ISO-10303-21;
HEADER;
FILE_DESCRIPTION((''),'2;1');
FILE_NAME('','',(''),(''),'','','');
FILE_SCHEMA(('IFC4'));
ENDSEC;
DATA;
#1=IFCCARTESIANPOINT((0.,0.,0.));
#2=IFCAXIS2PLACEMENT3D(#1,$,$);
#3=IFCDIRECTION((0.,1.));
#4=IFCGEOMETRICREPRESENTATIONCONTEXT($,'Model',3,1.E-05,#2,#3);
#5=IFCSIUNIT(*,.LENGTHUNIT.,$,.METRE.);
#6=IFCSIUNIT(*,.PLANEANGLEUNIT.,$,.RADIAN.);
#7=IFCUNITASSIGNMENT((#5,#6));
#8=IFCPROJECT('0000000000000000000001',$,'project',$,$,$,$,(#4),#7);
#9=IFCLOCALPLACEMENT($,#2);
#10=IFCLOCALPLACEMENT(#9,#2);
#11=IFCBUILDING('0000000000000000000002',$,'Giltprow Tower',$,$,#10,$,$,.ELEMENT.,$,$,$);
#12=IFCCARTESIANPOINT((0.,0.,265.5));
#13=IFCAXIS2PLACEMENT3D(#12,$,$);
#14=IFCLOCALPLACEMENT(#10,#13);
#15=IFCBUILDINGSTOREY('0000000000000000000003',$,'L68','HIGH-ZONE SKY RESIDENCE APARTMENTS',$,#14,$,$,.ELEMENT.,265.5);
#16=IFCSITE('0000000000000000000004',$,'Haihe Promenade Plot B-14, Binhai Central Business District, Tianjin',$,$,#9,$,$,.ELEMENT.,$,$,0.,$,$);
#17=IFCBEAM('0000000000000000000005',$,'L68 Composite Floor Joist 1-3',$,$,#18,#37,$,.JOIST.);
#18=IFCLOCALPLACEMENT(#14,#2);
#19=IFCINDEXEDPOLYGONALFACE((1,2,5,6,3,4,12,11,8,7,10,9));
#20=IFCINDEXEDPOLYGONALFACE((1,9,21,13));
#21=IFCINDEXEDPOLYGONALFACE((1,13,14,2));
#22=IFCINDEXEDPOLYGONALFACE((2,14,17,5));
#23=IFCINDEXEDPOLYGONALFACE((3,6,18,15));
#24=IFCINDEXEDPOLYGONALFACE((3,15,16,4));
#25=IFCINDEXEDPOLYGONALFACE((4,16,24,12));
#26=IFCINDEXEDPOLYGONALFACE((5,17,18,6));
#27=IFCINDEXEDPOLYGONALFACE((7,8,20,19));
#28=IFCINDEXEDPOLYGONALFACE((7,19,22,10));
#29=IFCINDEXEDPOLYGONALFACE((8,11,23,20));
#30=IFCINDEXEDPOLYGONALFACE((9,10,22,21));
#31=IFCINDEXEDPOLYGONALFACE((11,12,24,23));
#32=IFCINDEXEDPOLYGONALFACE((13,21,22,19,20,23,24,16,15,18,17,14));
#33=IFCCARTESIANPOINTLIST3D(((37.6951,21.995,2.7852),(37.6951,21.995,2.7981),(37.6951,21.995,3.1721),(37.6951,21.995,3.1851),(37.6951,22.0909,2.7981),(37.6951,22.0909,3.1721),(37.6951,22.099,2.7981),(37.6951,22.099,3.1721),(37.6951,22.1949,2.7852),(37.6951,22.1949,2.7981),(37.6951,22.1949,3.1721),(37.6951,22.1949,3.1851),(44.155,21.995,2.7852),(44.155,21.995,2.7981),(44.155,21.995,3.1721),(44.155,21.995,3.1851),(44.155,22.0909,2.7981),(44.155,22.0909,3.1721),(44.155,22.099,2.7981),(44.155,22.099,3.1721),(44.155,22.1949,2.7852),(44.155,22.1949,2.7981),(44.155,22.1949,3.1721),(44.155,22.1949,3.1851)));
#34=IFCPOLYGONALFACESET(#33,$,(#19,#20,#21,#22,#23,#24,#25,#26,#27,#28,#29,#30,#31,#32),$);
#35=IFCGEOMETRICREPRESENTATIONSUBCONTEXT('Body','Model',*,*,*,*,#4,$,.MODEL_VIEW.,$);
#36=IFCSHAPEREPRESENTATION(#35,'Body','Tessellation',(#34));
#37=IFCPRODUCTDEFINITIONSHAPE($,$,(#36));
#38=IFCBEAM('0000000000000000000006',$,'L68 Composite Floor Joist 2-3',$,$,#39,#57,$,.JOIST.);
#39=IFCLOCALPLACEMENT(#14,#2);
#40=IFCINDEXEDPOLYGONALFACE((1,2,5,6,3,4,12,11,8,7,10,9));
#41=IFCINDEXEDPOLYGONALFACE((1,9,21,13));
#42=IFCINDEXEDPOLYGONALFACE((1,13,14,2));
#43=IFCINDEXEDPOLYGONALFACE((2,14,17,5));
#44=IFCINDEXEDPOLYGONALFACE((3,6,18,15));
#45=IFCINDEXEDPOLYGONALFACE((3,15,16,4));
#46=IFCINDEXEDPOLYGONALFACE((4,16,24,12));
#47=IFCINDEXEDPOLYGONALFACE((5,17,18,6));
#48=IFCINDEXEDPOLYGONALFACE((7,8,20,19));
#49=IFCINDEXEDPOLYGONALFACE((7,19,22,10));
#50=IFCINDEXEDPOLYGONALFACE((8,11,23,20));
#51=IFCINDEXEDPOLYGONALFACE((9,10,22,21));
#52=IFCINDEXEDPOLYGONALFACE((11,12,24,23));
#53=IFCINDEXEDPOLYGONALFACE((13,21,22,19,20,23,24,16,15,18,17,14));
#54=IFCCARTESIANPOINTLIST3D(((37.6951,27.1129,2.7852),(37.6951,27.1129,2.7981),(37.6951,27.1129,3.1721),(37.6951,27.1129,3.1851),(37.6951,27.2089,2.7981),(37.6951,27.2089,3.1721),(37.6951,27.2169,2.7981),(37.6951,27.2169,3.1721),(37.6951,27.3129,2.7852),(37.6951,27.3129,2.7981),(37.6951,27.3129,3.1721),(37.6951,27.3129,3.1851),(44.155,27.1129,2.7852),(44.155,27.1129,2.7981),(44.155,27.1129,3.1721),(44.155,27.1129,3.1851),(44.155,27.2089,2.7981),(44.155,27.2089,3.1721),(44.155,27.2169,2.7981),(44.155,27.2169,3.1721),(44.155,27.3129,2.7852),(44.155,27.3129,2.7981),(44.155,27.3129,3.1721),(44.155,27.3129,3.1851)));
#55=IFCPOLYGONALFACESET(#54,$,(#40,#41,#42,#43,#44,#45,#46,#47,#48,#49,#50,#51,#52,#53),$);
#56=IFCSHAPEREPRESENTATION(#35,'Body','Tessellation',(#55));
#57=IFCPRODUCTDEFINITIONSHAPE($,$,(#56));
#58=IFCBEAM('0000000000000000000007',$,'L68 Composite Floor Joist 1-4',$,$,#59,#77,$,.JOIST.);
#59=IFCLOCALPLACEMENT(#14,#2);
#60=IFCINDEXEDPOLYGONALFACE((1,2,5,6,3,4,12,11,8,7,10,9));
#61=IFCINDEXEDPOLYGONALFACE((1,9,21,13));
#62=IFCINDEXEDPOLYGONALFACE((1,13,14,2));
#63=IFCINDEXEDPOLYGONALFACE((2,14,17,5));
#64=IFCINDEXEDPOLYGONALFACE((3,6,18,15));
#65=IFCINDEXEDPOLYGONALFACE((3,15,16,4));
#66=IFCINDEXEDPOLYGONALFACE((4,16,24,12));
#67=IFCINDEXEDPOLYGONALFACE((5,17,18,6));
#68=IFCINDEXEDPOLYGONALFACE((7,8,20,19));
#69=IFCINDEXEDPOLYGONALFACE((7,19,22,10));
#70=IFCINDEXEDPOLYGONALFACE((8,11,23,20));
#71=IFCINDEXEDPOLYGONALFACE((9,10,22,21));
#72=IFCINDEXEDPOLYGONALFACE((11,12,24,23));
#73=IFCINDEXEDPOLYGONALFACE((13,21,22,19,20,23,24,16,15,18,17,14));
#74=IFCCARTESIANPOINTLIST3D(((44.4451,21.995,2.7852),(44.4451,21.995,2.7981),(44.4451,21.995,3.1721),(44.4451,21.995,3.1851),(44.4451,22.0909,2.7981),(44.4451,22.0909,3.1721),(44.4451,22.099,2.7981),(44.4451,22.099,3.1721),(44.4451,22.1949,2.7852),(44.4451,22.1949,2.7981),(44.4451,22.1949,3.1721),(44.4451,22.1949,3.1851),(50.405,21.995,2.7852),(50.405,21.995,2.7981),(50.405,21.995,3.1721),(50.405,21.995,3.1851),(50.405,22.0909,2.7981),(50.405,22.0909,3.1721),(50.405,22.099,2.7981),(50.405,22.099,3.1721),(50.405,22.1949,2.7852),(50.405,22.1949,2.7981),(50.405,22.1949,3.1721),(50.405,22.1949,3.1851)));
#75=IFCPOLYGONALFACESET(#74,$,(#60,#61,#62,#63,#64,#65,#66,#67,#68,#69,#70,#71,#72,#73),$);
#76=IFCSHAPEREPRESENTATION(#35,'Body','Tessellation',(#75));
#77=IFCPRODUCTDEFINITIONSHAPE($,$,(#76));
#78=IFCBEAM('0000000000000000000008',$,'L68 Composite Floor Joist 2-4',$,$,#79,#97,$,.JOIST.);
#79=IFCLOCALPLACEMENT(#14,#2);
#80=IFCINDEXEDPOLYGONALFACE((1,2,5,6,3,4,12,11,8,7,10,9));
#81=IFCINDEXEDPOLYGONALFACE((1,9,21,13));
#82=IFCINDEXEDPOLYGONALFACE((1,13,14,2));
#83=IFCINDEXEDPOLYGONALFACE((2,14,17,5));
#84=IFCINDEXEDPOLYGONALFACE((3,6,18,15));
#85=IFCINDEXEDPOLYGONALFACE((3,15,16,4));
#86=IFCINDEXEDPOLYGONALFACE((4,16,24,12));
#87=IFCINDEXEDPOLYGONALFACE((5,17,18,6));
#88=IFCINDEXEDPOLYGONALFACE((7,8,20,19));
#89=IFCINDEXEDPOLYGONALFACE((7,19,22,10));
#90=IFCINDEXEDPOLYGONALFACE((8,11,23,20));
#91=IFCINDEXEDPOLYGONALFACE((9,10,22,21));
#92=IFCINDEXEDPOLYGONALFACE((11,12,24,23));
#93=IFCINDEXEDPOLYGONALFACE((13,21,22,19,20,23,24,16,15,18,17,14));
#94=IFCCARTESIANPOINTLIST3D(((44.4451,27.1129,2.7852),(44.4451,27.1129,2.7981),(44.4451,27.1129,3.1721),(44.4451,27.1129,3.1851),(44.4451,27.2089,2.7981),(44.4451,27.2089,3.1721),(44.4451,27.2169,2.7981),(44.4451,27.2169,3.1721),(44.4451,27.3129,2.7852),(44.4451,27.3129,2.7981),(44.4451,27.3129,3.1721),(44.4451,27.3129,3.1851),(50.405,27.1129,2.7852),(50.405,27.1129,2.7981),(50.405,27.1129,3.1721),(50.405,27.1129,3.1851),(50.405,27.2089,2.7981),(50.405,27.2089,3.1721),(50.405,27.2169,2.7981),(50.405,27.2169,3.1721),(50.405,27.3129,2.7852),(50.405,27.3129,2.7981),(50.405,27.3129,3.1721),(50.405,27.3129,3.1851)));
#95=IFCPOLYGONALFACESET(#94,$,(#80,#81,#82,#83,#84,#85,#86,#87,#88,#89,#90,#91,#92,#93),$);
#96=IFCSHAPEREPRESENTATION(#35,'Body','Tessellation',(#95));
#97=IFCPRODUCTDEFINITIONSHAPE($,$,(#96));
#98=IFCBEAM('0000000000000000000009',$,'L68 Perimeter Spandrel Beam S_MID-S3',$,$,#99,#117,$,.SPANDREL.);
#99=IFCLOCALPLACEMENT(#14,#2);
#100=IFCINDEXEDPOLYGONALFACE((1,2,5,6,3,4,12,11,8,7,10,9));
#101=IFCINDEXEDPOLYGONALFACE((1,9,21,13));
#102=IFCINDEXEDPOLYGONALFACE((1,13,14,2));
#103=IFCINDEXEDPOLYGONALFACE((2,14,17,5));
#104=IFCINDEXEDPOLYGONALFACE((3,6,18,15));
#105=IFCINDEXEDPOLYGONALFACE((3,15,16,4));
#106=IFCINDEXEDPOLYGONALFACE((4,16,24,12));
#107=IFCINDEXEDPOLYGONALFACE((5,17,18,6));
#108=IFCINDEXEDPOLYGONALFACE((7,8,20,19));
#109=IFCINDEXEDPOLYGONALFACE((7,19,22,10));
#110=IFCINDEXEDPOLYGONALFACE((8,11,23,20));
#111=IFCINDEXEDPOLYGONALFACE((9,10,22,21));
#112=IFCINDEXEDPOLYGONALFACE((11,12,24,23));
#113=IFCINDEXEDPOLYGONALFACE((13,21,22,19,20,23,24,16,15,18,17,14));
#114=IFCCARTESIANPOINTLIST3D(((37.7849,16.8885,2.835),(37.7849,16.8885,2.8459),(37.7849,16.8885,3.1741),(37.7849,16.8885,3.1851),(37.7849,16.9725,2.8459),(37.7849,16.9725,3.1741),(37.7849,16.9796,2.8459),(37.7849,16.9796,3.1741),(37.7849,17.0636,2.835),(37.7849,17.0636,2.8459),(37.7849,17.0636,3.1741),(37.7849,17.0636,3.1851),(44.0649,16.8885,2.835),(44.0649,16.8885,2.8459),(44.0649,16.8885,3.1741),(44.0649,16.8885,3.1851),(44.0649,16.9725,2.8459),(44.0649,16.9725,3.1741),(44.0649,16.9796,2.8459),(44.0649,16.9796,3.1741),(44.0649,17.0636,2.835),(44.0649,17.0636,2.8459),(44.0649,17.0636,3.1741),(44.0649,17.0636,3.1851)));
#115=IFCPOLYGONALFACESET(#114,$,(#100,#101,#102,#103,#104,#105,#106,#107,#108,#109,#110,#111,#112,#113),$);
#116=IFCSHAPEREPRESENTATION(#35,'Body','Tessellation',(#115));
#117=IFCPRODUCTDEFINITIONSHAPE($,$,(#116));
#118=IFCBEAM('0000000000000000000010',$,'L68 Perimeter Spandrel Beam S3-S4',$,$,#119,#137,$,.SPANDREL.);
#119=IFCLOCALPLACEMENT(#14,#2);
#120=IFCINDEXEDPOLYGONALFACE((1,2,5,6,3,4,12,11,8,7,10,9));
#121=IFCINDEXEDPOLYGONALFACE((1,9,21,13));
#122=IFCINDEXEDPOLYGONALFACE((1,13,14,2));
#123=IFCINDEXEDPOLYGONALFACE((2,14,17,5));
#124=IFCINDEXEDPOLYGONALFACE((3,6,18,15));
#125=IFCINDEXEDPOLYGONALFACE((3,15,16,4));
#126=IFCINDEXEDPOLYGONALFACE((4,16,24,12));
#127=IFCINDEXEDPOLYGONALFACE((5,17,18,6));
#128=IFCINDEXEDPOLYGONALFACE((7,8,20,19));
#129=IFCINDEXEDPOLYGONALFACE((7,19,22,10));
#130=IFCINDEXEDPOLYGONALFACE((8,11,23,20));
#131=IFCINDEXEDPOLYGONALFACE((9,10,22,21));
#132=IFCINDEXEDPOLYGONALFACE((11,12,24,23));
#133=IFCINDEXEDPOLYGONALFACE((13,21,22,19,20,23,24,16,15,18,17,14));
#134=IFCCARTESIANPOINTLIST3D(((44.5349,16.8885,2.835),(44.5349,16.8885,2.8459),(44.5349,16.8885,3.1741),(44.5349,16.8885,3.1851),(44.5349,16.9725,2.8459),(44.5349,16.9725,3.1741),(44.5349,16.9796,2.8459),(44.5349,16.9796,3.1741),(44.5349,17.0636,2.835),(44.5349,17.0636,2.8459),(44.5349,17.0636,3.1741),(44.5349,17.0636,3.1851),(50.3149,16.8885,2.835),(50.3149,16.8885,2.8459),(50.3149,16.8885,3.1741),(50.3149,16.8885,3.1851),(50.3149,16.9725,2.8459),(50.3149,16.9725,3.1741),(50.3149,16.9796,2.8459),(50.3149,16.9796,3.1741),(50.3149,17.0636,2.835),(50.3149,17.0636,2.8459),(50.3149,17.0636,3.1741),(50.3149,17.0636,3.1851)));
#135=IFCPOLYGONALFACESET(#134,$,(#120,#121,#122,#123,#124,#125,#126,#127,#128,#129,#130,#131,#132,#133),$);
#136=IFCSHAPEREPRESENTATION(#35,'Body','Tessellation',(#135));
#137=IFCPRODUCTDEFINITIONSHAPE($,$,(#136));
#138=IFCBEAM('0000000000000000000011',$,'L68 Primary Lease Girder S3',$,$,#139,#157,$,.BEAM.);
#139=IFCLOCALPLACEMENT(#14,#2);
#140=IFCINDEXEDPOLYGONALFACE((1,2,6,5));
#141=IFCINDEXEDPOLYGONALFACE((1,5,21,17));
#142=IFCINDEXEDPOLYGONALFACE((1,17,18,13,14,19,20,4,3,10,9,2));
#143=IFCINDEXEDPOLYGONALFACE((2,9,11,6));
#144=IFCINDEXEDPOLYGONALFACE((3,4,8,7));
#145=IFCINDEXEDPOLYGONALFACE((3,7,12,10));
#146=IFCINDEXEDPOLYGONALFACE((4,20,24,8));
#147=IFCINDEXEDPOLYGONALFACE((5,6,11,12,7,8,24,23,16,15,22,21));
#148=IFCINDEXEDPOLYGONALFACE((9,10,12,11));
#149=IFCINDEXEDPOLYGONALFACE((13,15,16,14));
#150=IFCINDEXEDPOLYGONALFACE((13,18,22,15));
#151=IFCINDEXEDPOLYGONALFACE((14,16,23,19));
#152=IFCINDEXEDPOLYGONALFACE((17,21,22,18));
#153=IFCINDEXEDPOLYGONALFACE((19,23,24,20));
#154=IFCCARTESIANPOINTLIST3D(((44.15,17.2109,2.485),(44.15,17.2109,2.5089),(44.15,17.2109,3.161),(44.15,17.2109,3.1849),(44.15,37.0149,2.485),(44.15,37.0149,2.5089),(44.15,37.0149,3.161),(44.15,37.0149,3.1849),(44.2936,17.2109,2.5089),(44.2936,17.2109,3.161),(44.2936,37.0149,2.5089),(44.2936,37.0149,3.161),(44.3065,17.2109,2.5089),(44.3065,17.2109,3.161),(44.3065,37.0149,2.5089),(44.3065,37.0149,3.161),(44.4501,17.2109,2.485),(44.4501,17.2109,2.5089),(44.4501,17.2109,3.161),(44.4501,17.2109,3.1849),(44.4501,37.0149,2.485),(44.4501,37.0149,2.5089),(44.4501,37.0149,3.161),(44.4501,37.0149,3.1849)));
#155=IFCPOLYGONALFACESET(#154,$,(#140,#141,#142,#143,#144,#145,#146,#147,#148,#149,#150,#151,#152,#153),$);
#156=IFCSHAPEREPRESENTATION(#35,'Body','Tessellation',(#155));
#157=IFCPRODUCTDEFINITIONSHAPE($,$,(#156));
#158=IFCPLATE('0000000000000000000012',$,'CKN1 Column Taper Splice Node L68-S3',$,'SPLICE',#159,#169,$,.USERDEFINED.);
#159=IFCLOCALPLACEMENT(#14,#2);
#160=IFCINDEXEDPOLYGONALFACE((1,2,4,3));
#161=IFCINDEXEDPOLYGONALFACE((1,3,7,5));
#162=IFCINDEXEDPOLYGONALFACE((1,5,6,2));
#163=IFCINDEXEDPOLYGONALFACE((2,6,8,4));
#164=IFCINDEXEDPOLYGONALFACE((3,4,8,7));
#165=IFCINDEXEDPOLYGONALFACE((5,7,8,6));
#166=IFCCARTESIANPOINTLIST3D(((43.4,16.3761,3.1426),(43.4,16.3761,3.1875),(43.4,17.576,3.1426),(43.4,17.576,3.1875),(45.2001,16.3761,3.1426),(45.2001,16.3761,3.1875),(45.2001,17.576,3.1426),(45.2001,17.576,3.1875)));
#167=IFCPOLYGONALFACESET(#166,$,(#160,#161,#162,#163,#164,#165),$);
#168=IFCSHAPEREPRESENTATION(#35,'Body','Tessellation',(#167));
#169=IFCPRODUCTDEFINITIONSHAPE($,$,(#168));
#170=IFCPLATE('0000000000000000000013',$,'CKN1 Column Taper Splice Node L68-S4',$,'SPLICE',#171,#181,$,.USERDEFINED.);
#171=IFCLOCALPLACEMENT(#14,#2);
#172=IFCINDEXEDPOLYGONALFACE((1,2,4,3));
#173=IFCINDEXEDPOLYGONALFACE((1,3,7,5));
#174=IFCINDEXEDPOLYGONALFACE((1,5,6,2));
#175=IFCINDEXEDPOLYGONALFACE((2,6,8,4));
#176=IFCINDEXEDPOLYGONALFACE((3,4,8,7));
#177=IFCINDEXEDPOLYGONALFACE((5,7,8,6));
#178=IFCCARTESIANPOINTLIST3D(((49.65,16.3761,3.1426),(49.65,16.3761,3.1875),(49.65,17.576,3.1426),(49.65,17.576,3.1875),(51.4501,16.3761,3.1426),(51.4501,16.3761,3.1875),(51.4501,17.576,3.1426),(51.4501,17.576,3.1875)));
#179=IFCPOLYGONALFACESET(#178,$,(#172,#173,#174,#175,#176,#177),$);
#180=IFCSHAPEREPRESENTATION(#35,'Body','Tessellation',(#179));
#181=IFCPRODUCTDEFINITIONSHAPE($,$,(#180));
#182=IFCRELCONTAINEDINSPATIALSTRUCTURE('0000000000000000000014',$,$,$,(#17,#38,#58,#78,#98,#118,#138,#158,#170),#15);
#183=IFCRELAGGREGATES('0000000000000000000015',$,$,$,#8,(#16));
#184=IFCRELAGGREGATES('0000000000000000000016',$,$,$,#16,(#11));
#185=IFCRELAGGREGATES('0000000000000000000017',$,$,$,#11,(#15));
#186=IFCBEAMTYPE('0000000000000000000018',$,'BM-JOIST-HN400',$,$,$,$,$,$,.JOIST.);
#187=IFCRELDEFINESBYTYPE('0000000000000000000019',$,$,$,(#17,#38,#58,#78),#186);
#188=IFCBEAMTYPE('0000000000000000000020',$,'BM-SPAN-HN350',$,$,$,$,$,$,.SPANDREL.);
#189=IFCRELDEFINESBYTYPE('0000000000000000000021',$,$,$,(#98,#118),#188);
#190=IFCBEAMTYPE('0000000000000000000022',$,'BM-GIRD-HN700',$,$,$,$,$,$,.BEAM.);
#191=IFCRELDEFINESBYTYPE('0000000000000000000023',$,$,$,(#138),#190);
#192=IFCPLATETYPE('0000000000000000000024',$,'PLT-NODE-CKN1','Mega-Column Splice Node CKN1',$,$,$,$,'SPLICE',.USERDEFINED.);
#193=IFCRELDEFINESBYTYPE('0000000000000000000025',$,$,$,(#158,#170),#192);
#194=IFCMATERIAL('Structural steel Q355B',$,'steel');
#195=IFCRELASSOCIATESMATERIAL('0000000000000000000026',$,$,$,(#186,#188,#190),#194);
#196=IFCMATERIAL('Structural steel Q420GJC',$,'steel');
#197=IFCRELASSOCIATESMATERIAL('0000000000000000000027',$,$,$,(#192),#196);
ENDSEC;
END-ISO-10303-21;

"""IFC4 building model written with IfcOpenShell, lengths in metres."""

from ifc_helpers import new_model, si_unit, direction, frame, origin, origin_2d, place, context, subcontext, project, spatial, rectangle, i_section, extrude, source, transform, mapped, material, material_profile, profile_set, type_object, element, save


model = new_model("IFC4")

# Units and contexts
model_context = context("Model", 3, precision=1e-05, world=origin(), true_north=direction((0.0, 1.0)))
body_context = subcontext(model_context, "Body", "Model", "MODEL_VIEW")
ifc_project = project(units=[si_unit("LENGTHUNIT", "METRE"), si_unit("PLANEANGLEUNIT", "RADIAN")], contexts=[model_context])

# Site, building, storey
site_placement = place(None, origin())
site = spatial("IfcSite", under=ifc_project, at=site_placement, Name="Haihe Promenade Plot B-14, Binhai Central Business District, Tianjin", CompositionType="ELEMENT", RefElevation=0.0)
building_placement = place(site_placement, origin())
building = spatial("IfcBuilding", under=site, at=building_placement, Name="Giltprow Tower", CompositionType="ELEMENT")
storey_placement = place(building_placement, frame((0.0, 0.0, 265.5)))
storey = spatial("IfcBuildingStorey", under=building, at=storey_placement, Name="L68", Description="HIGH-ZONE SKY RESIDENCE APARTMENTS", CompositionType="ELEMENT", Elevation=265.5)

# Beams
ifc_material_1 = material(Name="Structural steel Q355B", Category="steel")
ifc_material_profile_1 = material_profile(ifc_material_1, i_section(OverallWidth=0.2, OverallDepth=0.3999, WebThickness=0.0081, FlangeThickness=0.0129, at=origin_2d()), Name="HN 400x200x8x13")
ifc_profile_set_1 = profile_set([ifc_material_profile_1], Name="Structural steel Q355B")
beam_type_1 = type_object("IfcBeamType", Name="BM-JOIST-HN400", PredefinedType="JOIST", material=ifc_profile_set_1)
shared_shape_1 = source(origin(), body_context, "Body", "SweptSolid", [
    extrude(i_section(OverallWidth=0.2, OverallDepth=0.3999, WebThickness=0.0081, FlangeThickness=0.0129, at=origin_2d()), origin(), (0.0, 0.0, 1.0), 6.46),
])
for number, where, z_axis, x_axis, name in (
    (1, (37.6951, 22.095, 2.9851), (1.0, 0.0, 0.0), (0.0, 1.0, 0.0), "L68 Composite Floor Joist 1-3"),
    (2, (37.6951, 27.2129, 2.9851), (1.0, 0.0, 0.0), (0.0, 1.0, 0.0), "L68 Composite Floor Joist 2-3"),
):
    element("IfcBeam", number, at=place(storey_placement, frame(where, z_axis=z_axis, x_axis=x_axis)), inside=storey, type_object=beam_type_1, Name=name, PredefinedType="JOIST", context=body_context, shape_type="MappedRepresentation", body=[
        mapped(shared_shape_1, transform((0.0, 0.0, 0.0), x_axis=(1.0, 0.0, 0.0), y_axis=(0.0, 1.0, 0.0), z_axis=(0.0, 0.0, 1.0), scale=1.0)),
    ])
shared_shape_2 = source(origin(), body_context, "Body", "SweptSolid", [
    extrude(i_section(OverallWidth=0.2, OverallDepth=0.3999, WebThickness=0.0081, FlangeThickness=0.0129, at=origin_2d()), origin(), (0.0, 0.0, 1.0), 5.96),
])
for number, where, z_axis, x_axis, name in (
    (3, (44.4451, 22.095, 2.9851), (1.0, 0.0, 0.0), (0.0, 1.0, 0.0), "L68 Composite Floor Joist 1-4"),
    (4, (44.4451, 27.2129, 2.9851), (1.0, 0.0, 0.0), (0.0, 1.0, 0.0), "L68 Composite Floor Joist 2-4"),
):
    element("IfcBeam", number, at=place(storey_placement, frame(where, z_axis=z_axis, x_axis=x_axis)), inside=storey, type_object=beam_type_1, Name=name, PredefinedType="JOIST", context=body_context, shape_type="MappedRepresentation", body=[
        mapped(shared_shape_2, transform((0.0, 0.0, 0.0), x_axis=(1.0, 0.0, 0.0), y_axis=(0.0, 1.0, 0.0), z_axis=(0.0, 0.0, 1.0), scale=1.0)),
    ])
ifc_material_profile_2 = material_profile(ifc_material_1, i_section(OverallWidth=0.175, OverallDepth=0.3501, WebThickness=0.0071, FlangeThickness=0.011, at=origin_2d()), Name="HN 350x175x7x11")
ifc_profile_set_2 = profile_set([ifc_material_profile_2], Name="Structural steel Q355B")
beam_type_2 = type_object("IfcBeamType", Name="BM-SPAN-HN350", PredefinedType="SPANDREL", material=ifc_profile_set_2)
shared_shape_3 = source(origin(), body_context, "Body", "SweptSolid", [
    extrude(i_section(OverallWidth=0.175, OverallDepth=0.3501, WebThickness=0.0071, FlangeThickness=0.011, at=origin_2d()), origin(), (0.0, 0.0, 1.0), 6.28),
])
beam_1_placement = place(storey_placement, frame((37.7849, 16.9761, 3.01), z_axis=(1.0, 0.0, 0.0), x_axis=(0.0, 1.0, 0.0)))
element("IfcBeam", 5, at=beam_1_placement, inside=storey, type_object=beam_type_2, Name="L68 Perimeter Spandrel Beam S_MID-S3", PredefinedType="SPANDREL", context=body_context, shape_type="MappedRepresentation", body=[
    mapped(shared_shape_3, transform((0.0, 0.0, 0.0), x_axis=(1.0, 0.0, 0.0), y_axis=(0.0, 1.0, 0.0), z_axis=(0.0, 0.0, 1.0), scale=1.0)),
])
shared_shape_4 = source(origin(), body_context, "Body", "SweptSolid", [
    extrude(i_section(OverallWidth=0.175, OverallDepth=0.3501, WebThickness=0.0071, FlangeThickness=0.011, at=origin_2d()), origin(), (0.0, 0.0, 1.0), 5.78),
])
beam_2_placement = place(storey_placement, frame((44.5349, 16.9761, 3.01), z_axis=(1.0, 0.0, 0.0), x_axis=(0.0, 1.0, 0.0)))
element("IfcBeam", 6, at=beam_2_placement, inside=storey, type_object=beam_type_2, Name="L68 Perimeter Spandrel Beam S3-S4", PredefinedType="SPANDREL", context=body_context, shape_type="MappedRepresentation", body=[
    mapped(shared_shape_4, transform((0.0, 0.0, 0.0), x_axis=(1.0, 0.0, 0.0), y_axis=(0.0, 1.0, 0.0), z_axis=(0.0, 0.0, 1.0), scale=1.0)),
])
ifc_material_profile_3 = material_profile(ifc_material_1, i_section(OverallWidth=0.3, OverallDepth=0.7, WebThickness=0.0129, FlangeThickness=0.0239, at=origin_2d()), Name="HN 700x300x13x24")
ifc_profile_set_3 = profile_set([ifc_material_profile_3], Name="Structural steel Q355B")
beam_type_3 = type_object("IfcBeamType", Name="BM-GIRD-HN700", PredefinedType="BEAM", material=ifc_profile_set_3)
shared_shape_5 = source(origin(), body_context, "Body", "SweptSolid", [
    extrude(i_section(OverallWidth=0.3, OverallDepth=0.7, WebThickness=0.0129, FlangeThickness=0.0239, at=origin_2d()), origin(), (0.0, 0.0, 1.0), 19.804),
])
beam_3_placement = place(storey_placement, frame((44.3, 17.2109, 2.835), z_axis=(0.0, 1.0, 0.0), x_axis=(-1.0, 0.0, 0.0)))
element("IfcBeam", 7, at=beam_3_placement, inside=storey, type_object=beam_type_3, Name="L68 Primary Lease Girder S3", PredefinedType="BEAM", context=body_context, shape_type="MappedRepresentation", body=[
    mapped(shared_shape_5, transform((0.0, 0.0, 0.0), x_axis=(1.0, 0.0, 0.0), y_axis=(0.0, 1.0, 0.0), z_axis=(0.0, 0.0, 1.0), scale=1.0)),
])

# Plates
ifc_material_2 = material(Name="Structural steel Q420GJC", Category="steel")
plate_type_1 = type_object("IfcPlateType", Name="PLT-NODE-CKN1", Description="Mega-Column Splice Node CKN1", ElementType="SPLICE", PredefinedType="USERDEFINED", material=ifc_material_2)
shared_shape_6 = source(origin(), body_context, "Body", "SweptSolid", [
    extrude(rectangle(XDim=1.8, YDim=1.2, at=origin_2d()), origin(), (0.0, 0.0, 1.0), 0.0449),
])
for number, where, z_axis, x_axis, name in (
    (8, (44.3, 16.9761, 3.1426), (0.0, 0.0, 1.0), (1.0, 0.0, 0.0), "CKN1 Column Taper Splice Node L68-S3"),
    (9, (50.55, 16.9761, 3.1426), (0.0, 0.0, 1.0), (1.0, 0.0, 0.0), "CKN1 Column Taper Splice Node L68-S4"),
):
    element("IfcPlate", number, at=place(storey_placement, frame(where, z_axis=z_axis, x_axis=x_axis)), inside=storey, type_object=plate_type_1, Name=name, ObjectType="SPLICE", PredefinedType="USERDEFINED", context=body_context, shape_type="MappedRepresentation", body=[
        mapped(shared_shape_6, transform((0.0, 0.0, 0.0), x_axis=(1.0, 0.0, 0.0), y_axis=(0.0, 1.0, 0.0), z_axis=(0.0, 0.0, 1.0), scale=1.0)),
    ])

save(model, "model.ifc")
